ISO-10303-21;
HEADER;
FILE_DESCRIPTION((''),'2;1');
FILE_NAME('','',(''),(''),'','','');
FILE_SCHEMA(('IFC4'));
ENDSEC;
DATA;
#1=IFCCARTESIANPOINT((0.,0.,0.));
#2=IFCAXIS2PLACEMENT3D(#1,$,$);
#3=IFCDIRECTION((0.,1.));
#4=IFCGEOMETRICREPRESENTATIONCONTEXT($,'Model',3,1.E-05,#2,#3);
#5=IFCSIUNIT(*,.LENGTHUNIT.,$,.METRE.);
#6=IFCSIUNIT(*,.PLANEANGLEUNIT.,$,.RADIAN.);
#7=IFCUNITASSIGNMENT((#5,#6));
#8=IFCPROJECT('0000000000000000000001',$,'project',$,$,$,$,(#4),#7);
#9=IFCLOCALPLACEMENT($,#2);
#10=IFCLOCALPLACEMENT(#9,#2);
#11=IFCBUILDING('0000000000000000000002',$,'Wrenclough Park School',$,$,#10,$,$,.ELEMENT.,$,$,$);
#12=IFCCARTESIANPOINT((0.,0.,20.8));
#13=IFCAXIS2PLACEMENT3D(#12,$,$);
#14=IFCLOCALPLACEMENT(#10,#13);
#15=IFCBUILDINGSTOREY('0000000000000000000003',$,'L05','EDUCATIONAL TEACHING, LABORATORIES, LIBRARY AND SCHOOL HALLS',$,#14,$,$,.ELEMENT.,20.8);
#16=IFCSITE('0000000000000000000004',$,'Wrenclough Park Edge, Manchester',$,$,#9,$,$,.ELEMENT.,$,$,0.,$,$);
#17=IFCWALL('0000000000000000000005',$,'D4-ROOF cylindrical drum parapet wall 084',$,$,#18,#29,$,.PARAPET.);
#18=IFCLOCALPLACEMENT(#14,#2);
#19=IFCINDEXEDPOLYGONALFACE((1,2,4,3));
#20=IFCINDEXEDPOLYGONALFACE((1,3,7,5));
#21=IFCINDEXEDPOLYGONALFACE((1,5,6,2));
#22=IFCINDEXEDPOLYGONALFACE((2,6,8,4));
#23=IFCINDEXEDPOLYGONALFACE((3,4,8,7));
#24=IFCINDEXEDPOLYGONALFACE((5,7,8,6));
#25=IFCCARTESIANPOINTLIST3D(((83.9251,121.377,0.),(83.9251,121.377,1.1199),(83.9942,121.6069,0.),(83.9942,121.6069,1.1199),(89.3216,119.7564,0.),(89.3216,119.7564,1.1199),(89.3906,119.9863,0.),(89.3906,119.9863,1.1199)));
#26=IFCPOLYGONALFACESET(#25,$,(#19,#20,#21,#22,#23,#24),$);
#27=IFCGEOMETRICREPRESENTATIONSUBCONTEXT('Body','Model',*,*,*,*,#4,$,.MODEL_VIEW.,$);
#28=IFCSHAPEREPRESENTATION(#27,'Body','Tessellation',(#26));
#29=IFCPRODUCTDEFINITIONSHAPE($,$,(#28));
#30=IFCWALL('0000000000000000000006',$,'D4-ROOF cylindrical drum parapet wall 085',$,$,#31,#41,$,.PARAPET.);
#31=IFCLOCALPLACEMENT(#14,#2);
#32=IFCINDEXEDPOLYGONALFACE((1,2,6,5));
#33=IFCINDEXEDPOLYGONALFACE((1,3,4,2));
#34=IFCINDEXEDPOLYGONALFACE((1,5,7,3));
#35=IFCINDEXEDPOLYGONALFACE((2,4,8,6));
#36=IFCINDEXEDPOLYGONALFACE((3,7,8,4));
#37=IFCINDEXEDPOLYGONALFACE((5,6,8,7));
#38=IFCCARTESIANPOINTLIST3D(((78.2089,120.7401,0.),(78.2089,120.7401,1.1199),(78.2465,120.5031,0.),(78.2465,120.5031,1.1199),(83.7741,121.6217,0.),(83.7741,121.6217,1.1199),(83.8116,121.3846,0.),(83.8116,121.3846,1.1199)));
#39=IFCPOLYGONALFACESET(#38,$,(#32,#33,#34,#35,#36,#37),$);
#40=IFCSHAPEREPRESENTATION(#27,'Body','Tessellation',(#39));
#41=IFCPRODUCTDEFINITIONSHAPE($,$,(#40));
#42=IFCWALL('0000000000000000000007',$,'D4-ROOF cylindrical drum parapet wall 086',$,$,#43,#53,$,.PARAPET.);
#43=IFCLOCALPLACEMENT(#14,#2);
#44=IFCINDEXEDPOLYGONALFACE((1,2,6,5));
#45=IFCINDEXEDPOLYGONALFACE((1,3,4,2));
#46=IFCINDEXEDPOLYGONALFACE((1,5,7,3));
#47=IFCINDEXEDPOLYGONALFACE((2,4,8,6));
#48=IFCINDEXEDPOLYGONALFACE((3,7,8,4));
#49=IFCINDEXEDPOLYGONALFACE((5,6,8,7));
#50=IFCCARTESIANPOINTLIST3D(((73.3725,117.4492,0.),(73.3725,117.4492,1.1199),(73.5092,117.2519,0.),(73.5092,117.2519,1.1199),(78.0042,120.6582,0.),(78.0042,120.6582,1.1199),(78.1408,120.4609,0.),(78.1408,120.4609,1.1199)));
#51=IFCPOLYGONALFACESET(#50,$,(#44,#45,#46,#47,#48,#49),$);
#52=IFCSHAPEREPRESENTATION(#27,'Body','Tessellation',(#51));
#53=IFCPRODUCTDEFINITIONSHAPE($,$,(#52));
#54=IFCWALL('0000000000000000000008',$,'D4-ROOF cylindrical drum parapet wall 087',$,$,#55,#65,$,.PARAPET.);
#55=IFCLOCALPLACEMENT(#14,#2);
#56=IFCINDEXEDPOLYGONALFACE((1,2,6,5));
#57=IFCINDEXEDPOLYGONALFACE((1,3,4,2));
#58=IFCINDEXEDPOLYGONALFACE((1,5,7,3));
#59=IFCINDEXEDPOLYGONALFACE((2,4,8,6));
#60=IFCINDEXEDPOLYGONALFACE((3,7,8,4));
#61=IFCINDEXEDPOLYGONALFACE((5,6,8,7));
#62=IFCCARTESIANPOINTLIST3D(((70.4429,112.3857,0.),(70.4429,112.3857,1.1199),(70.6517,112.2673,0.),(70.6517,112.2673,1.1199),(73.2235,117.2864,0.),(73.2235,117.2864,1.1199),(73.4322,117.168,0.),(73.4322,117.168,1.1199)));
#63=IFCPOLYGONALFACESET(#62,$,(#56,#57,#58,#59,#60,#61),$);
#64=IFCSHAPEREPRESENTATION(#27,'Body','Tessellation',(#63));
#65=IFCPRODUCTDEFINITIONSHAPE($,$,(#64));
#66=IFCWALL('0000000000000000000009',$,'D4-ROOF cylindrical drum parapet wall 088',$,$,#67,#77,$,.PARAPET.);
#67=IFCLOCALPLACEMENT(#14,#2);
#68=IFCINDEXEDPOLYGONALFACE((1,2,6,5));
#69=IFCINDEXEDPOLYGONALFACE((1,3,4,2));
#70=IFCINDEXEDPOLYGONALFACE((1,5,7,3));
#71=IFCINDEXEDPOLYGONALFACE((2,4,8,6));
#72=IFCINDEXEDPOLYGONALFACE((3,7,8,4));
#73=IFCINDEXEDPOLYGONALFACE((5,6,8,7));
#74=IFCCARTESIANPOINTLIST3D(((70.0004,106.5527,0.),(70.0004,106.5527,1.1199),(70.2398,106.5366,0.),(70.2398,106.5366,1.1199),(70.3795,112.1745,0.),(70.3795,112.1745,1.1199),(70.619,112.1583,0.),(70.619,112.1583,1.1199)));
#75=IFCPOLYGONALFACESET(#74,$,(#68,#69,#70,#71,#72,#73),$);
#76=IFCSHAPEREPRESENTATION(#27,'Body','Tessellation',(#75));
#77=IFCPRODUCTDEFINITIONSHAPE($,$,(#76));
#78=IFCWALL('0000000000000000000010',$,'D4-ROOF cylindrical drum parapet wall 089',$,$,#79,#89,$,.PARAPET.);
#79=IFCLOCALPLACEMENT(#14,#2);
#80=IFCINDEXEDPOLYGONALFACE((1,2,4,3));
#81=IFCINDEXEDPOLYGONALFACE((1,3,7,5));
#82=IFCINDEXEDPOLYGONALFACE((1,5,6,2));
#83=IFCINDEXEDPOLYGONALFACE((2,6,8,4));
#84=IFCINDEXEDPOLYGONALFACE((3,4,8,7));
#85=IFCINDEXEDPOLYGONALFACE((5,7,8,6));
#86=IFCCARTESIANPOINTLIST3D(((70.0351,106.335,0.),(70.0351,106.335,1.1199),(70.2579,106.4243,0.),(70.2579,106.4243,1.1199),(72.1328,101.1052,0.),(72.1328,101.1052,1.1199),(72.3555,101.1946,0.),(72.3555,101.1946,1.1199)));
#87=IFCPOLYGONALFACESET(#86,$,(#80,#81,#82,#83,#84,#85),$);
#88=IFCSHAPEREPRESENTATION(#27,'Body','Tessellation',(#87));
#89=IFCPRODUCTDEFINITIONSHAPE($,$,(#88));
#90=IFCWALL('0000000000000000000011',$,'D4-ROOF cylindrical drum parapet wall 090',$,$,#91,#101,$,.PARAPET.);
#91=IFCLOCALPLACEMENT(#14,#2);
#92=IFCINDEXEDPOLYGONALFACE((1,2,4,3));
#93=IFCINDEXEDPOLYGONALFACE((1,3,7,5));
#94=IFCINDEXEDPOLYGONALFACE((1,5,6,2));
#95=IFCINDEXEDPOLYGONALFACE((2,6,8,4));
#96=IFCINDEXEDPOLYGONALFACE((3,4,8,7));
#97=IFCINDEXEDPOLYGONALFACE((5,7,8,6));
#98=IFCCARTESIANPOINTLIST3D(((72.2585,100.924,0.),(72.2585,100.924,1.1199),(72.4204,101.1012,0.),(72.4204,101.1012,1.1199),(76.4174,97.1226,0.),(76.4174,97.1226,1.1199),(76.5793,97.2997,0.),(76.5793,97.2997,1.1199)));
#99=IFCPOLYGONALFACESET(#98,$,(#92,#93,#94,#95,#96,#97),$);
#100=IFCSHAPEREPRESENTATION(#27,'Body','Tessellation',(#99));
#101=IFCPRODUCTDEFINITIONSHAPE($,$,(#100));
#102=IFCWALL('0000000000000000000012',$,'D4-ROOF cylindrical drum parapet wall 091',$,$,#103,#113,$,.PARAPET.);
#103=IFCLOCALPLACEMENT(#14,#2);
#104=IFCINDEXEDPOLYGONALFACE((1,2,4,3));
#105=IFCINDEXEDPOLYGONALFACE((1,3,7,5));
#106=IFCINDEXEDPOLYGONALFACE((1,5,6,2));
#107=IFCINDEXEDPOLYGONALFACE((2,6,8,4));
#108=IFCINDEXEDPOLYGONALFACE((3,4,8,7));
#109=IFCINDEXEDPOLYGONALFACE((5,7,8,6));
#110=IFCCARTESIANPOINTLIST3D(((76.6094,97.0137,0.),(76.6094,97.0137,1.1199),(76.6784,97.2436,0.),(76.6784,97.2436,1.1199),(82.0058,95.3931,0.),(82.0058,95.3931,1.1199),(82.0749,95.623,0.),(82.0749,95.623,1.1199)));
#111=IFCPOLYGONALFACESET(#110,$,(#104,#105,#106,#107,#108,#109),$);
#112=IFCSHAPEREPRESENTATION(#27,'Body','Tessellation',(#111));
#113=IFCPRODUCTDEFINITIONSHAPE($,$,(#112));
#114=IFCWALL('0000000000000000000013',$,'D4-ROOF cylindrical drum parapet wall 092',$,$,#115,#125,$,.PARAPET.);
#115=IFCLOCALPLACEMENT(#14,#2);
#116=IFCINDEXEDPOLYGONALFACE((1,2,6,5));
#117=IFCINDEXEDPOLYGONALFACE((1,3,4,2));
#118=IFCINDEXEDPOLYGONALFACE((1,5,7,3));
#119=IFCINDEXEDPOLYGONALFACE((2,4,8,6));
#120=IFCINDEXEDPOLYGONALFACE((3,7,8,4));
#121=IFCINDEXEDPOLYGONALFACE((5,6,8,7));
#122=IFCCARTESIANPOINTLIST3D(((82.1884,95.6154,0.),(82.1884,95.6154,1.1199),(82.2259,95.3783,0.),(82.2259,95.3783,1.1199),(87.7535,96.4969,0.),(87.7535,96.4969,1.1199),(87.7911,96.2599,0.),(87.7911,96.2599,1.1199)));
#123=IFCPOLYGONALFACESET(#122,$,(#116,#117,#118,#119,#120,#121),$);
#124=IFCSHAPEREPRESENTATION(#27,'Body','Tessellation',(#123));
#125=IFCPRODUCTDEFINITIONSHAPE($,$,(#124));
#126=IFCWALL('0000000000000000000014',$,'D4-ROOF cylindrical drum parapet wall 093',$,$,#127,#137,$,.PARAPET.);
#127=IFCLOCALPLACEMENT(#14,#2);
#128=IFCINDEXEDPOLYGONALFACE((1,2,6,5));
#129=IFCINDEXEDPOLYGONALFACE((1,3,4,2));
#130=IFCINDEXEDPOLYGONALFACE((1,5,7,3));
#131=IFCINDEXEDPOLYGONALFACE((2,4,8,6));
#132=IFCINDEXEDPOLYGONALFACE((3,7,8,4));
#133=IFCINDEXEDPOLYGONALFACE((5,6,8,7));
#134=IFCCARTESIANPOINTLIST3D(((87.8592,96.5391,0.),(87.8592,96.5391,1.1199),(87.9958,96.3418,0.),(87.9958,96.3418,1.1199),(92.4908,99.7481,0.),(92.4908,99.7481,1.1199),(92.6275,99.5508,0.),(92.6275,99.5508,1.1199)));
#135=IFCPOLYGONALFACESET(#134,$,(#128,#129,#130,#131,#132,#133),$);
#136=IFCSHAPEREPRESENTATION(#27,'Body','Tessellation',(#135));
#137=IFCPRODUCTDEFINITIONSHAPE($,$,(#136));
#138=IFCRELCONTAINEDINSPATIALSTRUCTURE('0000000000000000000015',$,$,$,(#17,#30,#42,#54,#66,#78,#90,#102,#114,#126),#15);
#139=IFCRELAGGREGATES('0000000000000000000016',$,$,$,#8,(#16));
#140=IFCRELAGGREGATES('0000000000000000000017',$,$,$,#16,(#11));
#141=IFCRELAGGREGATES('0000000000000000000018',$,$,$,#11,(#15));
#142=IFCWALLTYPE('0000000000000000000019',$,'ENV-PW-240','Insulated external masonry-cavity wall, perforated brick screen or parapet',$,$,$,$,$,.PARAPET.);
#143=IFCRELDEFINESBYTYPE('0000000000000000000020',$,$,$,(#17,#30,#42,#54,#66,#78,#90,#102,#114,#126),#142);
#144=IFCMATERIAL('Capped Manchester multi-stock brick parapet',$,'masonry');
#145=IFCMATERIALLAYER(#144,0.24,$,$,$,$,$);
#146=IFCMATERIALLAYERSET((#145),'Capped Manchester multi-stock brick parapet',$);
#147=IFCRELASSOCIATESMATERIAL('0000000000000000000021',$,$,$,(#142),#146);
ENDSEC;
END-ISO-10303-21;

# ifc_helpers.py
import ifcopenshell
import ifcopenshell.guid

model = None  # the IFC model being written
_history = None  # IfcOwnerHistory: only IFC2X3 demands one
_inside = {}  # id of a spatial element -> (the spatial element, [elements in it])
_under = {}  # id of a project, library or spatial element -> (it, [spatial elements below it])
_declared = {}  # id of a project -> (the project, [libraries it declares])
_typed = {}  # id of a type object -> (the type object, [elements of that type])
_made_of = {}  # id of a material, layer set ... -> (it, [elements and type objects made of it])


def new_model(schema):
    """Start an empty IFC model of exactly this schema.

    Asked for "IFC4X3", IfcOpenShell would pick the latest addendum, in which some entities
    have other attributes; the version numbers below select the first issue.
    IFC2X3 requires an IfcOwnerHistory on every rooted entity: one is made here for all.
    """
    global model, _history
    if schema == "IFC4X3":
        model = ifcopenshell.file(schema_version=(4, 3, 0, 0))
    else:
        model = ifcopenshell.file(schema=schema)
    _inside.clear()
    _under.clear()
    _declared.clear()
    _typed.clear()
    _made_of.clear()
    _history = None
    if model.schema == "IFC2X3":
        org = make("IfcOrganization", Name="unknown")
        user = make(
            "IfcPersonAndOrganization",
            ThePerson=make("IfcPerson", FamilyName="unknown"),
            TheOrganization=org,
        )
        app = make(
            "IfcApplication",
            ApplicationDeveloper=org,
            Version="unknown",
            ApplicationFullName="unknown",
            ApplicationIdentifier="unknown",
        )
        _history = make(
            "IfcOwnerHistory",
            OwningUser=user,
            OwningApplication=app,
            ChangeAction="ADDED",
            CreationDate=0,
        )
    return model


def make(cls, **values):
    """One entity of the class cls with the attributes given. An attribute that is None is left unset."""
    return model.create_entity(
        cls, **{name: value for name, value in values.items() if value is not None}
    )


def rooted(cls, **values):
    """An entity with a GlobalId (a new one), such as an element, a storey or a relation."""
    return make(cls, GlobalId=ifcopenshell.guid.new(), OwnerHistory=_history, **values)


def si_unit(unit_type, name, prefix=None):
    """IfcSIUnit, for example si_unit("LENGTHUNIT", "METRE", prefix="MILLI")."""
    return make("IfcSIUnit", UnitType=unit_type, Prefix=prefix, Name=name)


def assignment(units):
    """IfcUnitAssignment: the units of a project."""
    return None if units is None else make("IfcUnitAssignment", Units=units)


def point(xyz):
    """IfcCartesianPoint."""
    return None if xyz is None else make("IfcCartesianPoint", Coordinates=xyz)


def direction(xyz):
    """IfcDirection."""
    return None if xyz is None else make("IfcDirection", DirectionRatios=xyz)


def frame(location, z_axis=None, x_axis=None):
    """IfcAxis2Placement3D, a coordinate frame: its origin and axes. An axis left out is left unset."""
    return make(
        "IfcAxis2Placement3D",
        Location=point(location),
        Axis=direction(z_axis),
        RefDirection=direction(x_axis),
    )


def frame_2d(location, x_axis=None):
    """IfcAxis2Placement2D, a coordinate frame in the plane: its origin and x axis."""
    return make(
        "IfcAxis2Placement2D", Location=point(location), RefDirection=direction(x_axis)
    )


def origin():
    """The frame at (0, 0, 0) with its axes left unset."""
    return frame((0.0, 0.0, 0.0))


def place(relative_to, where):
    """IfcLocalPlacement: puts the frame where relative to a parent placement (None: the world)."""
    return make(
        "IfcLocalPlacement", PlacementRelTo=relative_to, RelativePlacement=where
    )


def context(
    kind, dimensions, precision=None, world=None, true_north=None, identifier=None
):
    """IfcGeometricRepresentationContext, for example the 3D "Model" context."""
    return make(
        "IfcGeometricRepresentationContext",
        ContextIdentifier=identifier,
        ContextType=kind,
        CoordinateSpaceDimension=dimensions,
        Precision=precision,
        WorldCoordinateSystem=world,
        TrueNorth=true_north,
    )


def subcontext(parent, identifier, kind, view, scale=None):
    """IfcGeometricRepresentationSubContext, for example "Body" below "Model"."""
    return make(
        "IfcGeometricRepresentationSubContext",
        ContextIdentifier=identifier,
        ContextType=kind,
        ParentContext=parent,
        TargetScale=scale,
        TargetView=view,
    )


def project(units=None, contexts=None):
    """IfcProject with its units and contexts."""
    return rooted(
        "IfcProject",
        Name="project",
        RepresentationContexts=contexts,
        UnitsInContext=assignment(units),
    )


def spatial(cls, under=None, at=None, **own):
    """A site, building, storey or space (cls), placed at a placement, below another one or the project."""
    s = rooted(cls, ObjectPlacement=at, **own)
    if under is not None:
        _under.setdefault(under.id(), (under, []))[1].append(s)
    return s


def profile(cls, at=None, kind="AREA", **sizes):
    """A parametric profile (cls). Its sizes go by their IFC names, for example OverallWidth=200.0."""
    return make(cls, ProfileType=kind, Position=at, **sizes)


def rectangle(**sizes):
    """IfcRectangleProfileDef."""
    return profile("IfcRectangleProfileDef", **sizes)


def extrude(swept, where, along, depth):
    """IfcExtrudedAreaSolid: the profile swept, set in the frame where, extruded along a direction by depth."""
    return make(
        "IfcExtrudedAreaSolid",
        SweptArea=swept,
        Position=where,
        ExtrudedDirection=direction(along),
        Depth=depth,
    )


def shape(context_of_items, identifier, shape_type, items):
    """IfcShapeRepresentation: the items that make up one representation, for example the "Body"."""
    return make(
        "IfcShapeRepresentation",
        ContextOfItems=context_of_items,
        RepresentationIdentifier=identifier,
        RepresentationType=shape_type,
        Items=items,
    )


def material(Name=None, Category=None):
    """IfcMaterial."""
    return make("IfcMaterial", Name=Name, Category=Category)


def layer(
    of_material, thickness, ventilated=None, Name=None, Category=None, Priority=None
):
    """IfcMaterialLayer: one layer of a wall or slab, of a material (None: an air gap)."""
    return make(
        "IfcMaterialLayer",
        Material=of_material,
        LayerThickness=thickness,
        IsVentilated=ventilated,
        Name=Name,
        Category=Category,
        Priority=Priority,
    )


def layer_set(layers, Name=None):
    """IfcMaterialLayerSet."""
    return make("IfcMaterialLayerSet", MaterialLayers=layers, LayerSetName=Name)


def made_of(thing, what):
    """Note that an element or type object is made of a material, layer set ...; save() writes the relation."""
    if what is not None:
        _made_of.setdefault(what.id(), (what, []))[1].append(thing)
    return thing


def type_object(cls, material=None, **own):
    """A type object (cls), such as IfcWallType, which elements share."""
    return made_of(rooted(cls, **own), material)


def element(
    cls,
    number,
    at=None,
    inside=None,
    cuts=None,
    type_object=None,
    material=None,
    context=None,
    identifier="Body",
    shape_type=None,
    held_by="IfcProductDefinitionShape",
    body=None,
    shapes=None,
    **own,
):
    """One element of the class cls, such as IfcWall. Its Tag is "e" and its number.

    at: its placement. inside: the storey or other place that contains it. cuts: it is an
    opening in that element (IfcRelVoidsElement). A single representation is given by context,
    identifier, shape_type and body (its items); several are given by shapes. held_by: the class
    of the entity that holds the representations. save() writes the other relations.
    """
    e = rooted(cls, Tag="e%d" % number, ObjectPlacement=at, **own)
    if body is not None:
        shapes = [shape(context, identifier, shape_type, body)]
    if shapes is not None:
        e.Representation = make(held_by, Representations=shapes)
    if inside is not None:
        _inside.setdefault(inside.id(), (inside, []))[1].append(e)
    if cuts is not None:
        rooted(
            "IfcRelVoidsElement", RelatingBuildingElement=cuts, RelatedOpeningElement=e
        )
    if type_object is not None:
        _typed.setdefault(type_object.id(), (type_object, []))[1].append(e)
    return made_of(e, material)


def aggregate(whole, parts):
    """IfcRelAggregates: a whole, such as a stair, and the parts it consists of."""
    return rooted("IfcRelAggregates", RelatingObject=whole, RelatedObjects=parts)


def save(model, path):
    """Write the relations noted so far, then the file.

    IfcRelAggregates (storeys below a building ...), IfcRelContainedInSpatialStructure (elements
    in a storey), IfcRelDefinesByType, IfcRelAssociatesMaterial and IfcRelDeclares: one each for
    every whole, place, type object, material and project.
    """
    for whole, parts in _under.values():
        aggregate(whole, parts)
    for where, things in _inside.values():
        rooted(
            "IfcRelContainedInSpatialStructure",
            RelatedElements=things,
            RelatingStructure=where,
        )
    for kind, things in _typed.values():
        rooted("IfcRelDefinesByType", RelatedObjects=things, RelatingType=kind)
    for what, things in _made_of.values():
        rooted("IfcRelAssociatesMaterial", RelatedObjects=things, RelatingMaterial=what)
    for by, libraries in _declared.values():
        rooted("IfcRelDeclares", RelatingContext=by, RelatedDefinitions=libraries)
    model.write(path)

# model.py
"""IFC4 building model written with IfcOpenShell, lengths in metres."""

from ifc_helpers import new_model, si_unit, direction, frame, frame_2d, origin, place, context, subcontext, project, spatial, rectangle, extrude, material, layer, layer_set, type_object, element, save


model = new_model("IFC4")

# Units and contexts
model_context = context("Model", 3, precision=1e-05, world=origin(), true_north=direction((0.0, 1.0)))
body_context = subcontext(model_context, "Body", "Model", "MODEL_VIEW")
ifc_project = project(units=[si_unit("LENGTHUNIT", "METRE"), si_unit("PLANEANGLEUNIT", "RADIAN")], contexts=[model_context])

# Site, building, storey
site_placement = place(None, origin())
site = spatial("IfcSite", under=ifc_project, at=site_placement, Name="Wrenclough Park Edge, Manchester", CompositionType="ELEMENT", RefElevation=0.0)
building_placement = place(site_placement, origin())
building = spatial("IfcBuilding", under=site, at=building_placement, Name="Wrenclough Park School", CompositionType="ELEMENT")
storey_placement = place(building_placement, frame((0.0, 0.0, 20.8)))
storey = spatial("IfcBuildingStorey", under=building, at=storey_placement, Name="L05", Description="EDUCATIONAL TEACHING, LABORATORIES, LIBRARY AND SCHOOL HALLS", CompositionType="ELEMENT", Elevation=20.8)

# Walls
ifc_material_1 = material(Name="Capped Manchester multi-stock brick parapet", Category="masonry")
ifc_layer_1 = layer(ifc_material_1, 0.24)
ifc_layer_set_1 = layer_set([ifc_layer_1], Name="Capped Manchester multi-stock brick parapet")
wall_type_1 = type_object("IfcWallType", Name="ENV-PW-240", Description="Insulated external masonry-cavity wall, perforated brick screen or parapet", PredefinedType="PARAPET", material=ifc_layer_set_1)
for number, where, z_axis, x_axis, name in (
    (1, (89.3562, 119.8713, 0.0), (0.0, 0.0, 1.0), (-0.957745, 0.287618, 0.0), "D4-ROOF cylindrical drum parapet wall 084"),
    (2, (83.793, 121.5032, 0.0), (0.0, 0.0, 1.0), (-0.987684, -0.156461, 0.0), "D4-ROOF cylindrical drum parapet wall 085"),
):
    element("IfcWall", number, at=place(storey_placement, frame(where, z_axis=z_axis, x_axis=x_axis)), inside=storey, type_object=wall_type_1, Name=name, PredefinedType="PARAPET", context=body_context, shape_type="SweptSolid", body=[
        extrude(rectangle(XDim=5.6345, YDim=0.24, at=frame_2d((2.8174, 0.0))), origin(), (0.0, 0.0, 1.0), 1.1199),
    ])
wall_1_placement = place(storey_placement, frame((78.0725, 120.5596, 0.0), z_axis=(0.0, 0.0, 1.0), x_axis=(-0.821985, -0.56951, 0.0)))
element("IfcWall", 3, at=wall_1_placement, inside=storey, type_object=wall_type_1, Name="D4-ROOF cylindrical drum parapet wall 086", PredefinedType="PARAPET", context=body_context, shape_type="SweptSolid", body=[
    extrude(rectangle(XDim=5.6348, YDim=0.24, at=frame_2d((2.8174, 0.0))), origin(), (0.0, 0.0, 1.0), 1.1199),
])
for number, where, z_axis, x_axis, name in (
    (4, (73.3279, 117.2273, 0.0), (0.0, 0.0, 1.0), (-0.493482, -0.869756, 0.0), "D4-ROOF cylindrical drum parapet wall 087"),
    (5, (70.4993, 112.1665, 0.0), (0.0, 0.0, 1.0), (-0.06729, -0.997733, 0.0), "D4-ROOF cylindrical drum parapet wall 088"),
):
    element("IfcWall", number, at=place(storey_placement, frame(where, z_axis=z_axis, x_axis=x_axis)), inside=storey, type_object=wall_type_1, Name=name, PredefinedType="PARAPET", context=body_context, shape_type="SweptSolid", body=[
        extrude(rectangle(XDim=5.6345, YDim=0.24, at=frame_2d((2.8174, 0.0))), origin(), (0.0, 0.0, 1.0), 1.1199),
    ])
wall_2_placement = place(storey_placement, frame((70.1465, 106.3796, 0.0), z_axis=(0.0, 0.0, 1.0), x_axis=(0.372272, -0.928124, 0.0)))
element("IfcWall", 6, at=wall_2_placement, inside=storey, type_object=wall_type_1, Name="D4-ROOF cylindrical drum parapet wall 089", PredefinedType="PARAPET", context=body_context, shape_type="SweptSolid", body=[
    extrude(rectangle(XDim=5.6348, YDim=0.24, at=frame_2d((2.8174, 0.0))), origin(), (0.0, 0.0, 1.0), 1.1199),
])
for number, where, z_axis, x_axis, name in (
    (7, (72.3394, 101.0127, 0.0), (0.0, 0.0, 1.0), (0.738112, -0.674678, 0.0), "D4-ROOF cylindrical drum parapet wall 090"),
    (8, (76.6438, 97.1287, 0.0), (0.0, 0.0, 1.0), (0.957745, -0.287618, 0.0), "D4-ROOF cylindrical drum parapet wall 091"),
    (9, (82.207, 95.4968, 0.0), (0.0, 0.0, 1.0), (0.987684, 0.156461, 0.0), "D4-ROOF cylindrical drum parapet wall 092"),
):
    element("IfcWall", number, at=place(storey_placement, frame(where, z_axis=z_axis, x_axis=x_axis)), inside=storey, type_object=wall_type_1, Name=name, PredefinedType="PARAPET", context=body_context, shape_type="SweptSolid", body=[
        extrude(rectangle(XDim=5.6345, YDim=0.24, at=frame_2d((2.8174, 0.0))), origin(), (0.0, 0.0, 1.0), 1.1199),
    ])
wall_3_placement = place(storey_placement, frame((87.9275, 96.4404, 0.0), z_axis=(0.0, 0.0, 1.0), x_axis=(0.821985, 0.56951, 0.0)))
element("IfcWall", 10, at=wall_3_placement, inside=storey, type_object=wall_type_1, Name="D4-ROOF cylindrical drum parapet wall 093", PredefinedType="PARAPET", context=body_context, shape_type="SweptSolid", body=[
    extrude(rectangle(XDim=5.6348, YDim=0.24, at=frame_2d((2.8174, 0.0))), origin(), (0.0, 0.0, 1.0), 1.1199),
])

save(model, "model.ifc")
